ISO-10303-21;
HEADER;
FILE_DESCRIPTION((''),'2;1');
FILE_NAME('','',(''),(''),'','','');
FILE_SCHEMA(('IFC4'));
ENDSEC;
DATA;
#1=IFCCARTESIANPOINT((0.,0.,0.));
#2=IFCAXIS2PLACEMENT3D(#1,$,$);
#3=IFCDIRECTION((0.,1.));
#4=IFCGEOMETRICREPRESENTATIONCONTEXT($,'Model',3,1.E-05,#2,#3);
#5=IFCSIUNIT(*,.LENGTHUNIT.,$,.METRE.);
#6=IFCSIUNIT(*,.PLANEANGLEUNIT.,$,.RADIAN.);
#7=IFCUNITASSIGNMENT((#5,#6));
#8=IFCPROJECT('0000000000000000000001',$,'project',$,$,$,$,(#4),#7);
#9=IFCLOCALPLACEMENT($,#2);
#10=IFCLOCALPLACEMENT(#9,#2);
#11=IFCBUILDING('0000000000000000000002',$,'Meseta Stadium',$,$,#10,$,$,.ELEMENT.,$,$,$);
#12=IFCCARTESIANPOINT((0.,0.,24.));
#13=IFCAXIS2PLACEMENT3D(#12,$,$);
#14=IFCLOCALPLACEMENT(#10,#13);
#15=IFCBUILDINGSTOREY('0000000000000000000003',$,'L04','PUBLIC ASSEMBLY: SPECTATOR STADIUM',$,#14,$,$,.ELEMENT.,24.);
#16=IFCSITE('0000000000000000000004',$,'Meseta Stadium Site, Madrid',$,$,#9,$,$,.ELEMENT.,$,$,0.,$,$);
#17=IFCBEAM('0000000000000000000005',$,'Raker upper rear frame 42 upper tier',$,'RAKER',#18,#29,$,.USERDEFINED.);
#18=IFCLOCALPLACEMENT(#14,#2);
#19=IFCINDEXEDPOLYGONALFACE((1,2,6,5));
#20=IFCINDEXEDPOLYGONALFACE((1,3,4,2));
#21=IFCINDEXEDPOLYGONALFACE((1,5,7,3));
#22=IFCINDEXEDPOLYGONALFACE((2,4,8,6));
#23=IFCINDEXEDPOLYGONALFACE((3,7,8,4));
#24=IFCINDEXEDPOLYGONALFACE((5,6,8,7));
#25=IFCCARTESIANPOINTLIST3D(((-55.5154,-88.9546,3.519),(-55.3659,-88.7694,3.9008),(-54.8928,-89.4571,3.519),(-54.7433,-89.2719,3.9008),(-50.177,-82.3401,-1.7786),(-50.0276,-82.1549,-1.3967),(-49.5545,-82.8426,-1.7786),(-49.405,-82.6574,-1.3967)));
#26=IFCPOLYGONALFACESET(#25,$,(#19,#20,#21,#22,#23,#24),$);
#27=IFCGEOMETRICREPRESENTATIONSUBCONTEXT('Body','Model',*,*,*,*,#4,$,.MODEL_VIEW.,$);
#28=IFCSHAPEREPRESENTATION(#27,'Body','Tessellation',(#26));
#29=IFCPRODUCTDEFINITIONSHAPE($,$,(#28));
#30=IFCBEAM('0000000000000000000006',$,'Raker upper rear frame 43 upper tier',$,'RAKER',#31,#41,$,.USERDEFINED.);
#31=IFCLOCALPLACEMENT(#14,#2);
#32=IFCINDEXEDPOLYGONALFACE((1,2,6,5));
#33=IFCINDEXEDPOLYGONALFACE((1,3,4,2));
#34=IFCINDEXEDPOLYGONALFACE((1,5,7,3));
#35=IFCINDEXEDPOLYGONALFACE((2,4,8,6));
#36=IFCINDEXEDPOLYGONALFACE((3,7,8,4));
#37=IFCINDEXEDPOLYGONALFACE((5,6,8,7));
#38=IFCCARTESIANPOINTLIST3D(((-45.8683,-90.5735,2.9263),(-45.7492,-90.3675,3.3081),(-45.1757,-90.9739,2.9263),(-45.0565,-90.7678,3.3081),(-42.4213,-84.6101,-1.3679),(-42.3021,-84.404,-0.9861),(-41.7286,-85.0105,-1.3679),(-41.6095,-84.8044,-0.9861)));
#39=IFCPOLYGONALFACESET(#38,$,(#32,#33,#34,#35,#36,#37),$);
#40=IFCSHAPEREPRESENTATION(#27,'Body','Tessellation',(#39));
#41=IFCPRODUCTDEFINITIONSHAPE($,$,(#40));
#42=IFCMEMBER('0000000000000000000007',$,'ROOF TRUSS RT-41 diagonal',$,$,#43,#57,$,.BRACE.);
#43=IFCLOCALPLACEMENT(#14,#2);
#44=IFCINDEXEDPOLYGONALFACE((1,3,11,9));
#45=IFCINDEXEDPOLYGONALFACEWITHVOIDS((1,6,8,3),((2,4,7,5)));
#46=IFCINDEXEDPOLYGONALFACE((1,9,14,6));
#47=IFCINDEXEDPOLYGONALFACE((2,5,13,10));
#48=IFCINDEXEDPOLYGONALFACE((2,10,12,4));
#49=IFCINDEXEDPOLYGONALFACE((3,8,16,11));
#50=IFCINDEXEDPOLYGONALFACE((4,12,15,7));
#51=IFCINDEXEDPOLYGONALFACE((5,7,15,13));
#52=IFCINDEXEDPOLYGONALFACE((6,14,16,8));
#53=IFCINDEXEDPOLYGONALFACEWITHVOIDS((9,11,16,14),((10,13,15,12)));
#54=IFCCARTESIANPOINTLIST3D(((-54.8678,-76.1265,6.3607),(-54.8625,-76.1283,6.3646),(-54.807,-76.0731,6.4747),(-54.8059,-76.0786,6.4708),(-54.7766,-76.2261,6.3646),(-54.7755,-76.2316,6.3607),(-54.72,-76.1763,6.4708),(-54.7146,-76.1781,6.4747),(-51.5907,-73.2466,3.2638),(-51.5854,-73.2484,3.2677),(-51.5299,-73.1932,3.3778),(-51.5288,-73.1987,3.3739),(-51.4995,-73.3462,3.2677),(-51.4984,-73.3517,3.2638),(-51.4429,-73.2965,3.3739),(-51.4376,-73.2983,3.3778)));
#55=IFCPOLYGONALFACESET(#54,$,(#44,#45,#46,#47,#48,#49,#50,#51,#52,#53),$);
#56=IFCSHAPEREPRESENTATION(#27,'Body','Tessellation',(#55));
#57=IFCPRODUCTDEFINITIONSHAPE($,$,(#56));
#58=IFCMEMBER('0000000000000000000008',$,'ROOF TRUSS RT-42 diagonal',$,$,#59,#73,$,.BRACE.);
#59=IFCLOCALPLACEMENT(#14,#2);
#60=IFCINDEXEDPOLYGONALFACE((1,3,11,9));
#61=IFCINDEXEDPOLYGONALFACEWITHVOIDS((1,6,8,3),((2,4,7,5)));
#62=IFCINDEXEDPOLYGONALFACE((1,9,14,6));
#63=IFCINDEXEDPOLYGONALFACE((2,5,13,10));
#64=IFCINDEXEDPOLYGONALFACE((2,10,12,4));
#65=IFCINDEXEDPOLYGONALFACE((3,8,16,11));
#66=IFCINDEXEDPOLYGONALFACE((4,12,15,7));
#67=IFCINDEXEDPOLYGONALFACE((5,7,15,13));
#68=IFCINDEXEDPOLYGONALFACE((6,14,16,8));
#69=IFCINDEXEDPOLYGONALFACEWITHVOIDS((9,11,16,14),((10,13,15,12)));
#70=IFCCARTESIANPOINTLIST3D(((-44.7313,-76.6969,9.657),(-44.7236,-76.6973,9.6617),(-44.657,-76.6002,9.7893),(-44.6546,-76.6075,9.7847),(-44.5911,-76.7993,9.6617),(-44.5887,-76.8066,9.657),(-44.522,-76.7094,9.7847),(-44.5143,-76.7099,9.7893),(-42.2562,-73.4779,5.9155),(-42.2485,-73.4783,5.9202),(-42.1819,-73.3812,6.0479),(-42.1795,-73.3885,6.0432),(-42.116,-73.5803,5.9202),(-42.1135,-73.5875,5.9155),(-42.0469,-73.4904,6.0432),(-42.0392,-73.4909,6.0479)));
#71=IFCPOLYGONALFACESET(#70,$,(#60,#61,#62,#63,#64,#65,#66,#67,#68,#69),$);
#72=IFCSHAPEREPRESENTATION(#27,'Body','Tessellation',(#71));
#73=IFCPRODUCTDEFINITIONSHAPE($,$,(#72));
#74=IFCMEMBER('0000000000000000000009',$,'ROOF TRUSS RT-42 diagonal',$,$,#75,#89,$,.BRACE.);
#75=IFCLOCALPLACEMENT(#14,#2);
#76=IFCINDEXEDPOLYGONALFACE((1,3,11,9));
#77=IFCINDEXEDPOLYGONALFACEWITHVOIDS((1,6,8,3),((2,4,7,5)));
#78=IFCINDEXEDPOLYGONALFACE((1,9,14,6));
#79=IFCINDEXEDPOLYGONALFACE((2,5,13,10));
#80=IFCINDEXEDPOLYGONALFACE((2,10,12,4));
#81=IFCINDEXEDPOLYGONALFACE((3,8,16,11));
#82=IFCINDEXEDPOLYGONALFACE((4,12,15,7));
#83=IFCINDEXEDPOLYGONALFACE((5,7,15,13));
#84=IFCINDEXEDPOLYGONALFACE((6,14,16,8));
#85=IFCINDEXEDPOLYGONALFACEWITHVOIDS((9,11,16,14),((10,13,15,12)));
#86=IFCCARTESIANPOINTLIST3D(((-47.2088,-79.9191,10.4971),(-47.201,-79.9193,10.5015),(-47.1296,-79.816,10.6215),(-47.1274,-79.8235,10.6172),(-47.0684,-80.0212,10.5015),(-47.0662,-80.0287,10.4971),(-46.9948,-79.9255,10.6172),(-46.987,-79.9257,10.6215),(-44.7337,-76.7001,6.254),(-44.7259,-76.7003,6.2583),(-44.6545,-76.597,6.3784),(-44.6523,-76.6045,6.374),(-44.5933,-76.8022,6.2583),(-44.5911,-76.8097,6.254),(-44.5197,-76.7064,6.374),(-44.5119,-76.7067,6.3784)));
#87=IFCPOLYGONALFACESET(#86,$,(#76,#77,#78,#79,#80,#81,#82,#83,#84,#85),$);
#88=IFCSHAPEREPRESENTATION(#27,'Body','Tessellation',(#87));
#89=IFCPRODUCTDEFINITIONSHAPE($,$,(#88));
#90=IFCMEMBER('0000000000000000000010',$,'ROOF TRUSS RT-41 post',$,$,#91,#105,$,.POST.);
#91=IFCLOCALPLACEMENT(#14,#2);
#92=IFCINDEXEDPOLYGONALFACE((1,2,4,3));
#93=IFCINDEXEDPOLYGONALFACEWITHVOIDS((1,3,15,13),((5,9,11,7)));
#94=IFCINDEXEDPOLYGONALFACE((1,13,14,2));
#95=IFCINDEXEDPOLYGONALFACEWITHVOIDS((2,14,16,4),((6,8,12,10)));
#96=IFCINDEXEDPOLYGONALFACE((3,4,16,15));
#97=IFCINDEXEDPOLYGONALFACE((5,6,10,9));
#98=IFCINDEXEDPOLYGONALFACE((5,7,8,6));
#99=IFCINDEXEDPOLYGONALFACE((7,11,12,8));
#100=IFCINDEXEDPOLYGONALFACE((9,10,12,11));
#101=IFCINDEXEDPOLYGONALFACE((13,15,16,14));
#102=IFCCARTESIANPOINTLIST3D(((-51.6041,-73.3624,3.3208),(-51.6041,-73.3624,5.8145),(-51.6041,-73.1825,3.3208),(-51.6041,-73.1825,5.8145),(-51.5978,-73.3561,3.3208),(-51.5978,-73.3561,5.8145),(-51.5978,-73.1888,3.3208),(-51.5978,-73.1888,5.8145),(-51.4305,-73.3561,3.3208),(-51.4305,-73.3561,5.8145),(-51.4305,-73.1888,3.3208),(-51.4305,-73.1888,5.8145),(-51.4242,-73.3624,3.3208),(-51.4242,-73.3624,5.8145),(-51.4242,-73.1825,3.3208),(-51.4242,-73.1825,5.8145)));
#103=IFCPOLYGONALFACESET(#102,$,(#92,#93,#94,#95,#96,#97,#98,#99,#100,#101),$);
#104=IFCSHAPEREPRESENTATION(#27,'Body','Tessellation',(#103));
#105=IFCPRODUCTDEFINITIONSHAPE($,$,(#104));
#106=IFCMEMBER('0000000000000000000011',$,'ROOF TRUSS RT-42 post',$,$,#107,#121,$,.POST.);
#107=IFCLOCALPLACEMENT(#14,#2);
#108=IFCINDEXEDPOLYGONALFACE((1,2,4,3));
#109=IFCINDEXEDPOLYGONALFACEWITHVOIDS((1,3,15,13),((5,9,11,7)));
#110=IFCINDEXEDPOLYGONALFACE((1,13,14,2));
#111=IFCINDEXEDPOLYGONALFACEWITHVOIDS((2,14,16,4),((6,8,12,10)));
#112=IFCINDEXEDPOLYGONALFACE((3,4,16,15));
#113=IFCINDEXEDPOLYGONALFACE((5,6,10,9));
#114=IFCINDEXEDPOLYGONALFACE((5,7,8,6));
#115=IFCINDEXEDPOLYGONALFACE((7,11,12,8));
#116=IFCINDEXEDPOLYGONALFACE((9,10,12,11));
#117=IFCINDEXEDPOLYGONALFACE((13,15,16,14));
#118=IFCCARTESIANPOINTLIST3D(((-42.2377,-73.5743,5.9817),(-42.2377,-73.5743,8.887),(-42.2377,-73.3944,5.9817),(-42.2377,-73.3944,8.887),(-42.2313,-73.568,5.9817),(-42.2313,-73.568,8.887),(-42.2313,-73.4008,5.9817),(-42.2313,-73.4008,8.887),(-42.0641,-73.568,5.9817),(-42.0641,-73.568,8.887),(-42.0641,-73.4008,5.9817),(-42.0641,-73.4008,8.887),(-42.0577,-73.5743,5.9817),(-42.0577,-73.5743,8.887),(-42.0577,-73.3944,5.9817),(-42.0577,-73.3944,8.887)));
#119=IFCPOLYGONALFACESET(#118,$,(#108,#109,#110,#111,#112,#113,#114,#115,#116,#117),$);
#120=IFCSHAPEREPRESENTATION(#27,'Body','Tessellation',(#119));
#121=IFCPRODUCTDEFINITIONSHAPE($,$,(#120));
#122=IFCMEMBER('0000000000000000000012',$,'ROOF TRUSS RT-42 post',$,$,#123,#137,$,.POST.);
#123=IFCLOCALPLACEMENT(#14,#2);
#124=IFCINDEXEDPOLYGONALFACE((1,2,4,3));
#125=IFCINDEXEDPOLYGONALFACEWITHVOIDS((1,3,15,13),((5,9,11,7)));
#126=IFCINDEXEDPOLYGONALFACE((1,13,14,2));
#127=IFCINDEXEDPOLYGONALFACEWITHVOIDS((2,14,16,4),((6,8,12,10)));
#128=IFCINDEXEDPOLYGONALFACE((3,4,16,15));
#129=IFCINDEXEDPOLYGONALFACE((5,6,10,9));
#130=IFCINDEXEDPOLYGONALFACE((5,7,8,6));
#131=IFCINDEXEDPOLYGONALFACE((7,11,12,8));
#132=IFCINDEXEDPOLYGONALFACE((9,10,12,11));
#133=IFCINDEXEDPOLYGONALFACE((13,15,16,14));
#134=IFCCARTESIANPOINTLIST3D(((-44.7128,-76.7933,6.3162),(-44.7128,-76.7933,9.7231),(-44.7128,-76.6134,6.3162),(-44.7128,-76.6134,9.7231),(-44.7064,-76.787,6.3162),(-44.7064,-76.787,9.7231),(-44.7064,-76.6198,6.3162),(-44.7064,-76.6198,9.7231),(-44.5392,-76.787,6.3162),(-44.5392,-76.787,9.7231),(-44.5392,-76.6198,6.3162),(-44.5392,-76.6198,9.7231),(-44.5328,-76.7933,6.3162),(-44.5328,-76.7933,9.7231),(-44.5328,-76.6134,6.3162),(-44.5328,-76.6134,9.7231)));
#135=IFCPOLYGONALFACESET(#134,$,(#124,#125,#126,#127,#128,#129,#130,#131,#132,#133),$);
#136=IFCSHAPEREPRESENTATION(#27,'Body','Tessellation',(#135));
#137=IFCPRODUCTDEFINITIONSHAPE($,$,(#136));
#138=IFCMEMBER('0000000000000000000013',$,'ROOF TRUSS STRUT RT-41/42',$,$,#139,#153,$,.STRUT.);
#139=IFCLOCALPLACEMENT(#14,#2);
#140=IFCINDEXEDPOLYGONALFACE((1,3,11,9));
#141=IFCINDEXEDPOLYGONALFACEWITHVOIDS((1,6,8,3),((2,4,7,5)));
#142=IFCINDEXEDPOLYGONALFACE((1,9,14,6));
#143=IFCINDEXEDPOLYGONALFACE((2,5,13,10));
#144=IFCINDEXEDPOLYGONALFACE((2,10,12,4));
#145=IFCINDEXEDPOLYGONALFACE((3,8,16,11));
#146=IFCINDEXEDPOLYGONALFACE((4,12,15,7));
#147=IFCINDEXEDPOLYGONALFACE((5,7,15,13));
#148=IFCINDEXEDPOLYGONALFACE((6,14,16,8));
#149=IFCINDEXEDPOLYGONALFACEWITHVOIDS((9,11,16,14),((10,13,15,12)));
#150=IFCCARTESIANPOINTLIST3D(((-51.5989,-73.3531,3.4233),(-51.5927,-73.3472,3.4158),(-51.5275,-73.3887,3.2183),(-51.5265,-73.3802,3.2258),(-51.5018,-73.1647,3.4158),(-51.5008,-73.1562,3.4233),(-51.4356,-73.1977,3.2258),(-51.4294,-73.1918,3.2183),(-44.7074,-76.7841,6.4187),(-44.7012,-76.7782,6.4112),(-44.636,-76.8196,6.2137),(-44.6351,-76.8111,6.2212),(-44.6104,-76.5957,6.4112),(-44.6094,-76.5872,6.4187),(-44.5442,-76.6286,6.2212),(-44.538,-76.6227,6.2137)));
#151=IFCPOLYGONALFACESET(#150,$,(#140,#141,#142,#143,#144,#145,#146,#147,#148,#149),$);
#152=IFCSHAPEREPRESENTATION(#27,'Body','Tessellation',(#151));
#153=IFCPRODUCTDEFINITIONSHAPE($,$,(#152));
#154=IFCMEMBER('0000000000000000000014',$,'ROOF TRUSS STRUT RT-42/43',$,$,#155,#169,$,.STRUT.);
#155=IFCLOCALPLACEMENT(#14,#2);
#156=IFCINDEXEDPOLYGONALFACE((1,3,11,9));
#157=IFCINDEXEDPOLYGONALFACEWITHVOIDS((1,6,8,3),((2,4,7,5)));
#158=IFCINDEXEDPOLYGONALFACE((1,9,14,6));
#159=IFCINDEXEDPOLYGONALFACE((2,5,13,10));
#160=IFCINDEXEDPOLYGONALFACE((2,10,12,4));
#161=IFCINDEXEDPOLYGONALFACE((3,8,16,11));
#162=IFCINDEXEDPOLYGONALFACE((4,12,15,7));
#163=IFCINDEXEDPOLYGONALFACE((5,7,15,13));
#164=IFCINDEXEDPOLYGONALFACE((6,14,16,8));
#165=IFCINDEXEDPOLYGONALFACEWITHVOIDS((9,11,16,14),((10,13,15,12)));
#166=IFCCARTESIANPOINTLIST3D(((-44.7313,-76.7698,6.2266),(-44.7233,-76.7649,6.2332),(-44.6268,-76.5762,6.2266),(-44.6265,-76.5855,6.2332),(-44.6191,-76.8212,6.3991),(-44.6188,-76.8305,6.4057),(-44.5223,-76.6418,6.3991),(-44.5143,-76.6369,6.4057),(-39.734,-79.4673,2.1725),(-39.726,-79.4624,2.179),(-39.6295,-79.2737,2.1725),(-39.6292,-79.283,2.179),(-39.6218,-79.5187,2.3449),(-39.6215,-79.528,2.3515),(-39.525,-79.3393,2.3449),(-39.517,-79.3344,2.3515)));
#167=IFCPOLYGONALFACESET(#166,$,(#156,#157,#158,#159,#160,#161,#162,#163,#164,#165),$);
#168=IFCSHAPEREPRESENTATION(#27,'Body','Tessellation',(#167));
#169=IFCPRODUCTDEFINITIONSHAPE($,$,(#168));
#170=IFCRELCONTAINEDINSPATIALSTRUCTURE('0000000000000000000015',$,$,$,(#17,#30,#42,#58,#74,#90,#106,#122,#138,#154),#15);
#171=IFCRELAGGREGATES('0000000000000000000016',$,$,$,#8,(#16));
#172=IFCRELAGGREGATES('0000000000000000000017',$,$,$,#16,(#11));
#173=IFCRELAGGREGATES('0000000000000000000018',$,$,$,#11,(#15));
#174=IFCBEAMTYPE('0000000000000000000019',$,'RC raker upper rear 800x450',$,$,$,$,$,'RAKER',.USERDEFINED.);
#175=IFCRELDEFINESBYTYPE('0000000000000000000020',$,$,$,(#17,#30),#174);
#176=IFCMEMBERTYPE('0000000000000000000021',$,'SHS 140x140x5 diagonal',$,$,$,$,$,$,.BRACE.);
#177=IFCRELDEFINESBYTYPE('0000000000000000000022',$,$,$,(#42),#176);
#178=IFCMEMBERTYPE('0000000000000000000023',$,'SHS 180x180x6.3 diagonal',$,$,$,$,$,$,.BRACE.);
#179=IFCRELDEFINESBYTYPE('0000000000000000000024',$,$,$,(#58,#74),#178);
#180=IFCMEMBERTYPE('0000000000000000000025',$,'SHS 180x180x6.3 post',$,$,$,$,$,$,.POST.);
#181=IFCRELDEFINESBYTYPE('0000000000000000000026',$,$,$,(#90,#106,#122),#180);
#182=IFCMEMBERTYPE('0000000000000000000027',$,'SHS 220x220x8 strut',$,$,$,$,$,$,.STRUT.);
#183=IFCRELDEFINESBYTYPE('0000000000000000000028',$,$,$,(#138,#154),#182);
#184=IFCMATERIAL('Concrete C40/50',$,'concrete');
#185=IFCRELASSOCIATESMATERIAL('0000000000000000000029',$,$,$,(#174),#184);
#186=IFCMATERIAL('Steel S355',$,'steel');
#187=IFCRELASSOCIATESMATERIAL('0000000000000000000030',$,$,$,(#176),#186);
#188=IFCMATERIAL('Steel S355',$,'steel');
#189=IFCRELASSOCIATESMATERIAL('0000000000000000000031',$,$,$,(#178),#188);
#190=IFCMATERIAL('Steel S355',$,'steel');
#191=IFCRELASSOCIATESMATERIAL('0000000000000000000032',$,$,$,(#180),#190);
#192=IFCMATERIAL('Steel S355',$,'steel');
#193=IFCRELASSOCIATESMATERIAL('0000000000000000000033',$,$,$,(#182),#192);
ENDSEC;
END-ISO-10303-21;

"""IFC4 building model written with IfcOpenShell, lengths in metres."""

from ifc_helpers import new_model, si_unit, direction, frame, origin, origin_2d, place, context, subcontext, project, spatial, rectangle, hollow_rectangle, extrude, material, material_profile, profile_set, type_object, element, save


model = new_model("IFC4")

# Units and contexts
model_context = context("Model", 3, precision=1e-05, world=origin(), true_north=direction((0.0, 1.0)))
body_context = subcontext(model_context, "Body", "Model", "MODEL_VIEW")
ifc_project = project(units=[si_unit("LENGTHUNIT", "METRE"), si_unit("PLANEANGLEUNIT", "RADIAN")], contexts=[model_context])

# Site, building, storey
site_placement = place(None, origin())
site = spatial("IfcSite", under=ifc_project, at=site_placement, Name="Meseta Stadium Site, Madrid", CompositionType="ELEMENT", RefElevation=0.0)
building_placement = place(site_placement, origin())
building = spatial("IfcBuilding", under=site, at=building_placement, Name="Meseta Stadium", CompositionType="ELEMENT")
storey_placement = place(building_placement, frame((0.0, 0.0, 24.0)))
storey = spatial("IfcBuildingStorey", under=building, at=storey_placement, Name="L04", Description="PUBLIC ASSEMBLY: SPECTATOR STADIUM", CompositionType="ELEMENT", Elevation=24.0)

# Beams
ifc_material_1 = material(Name="Concrete C40/50", Category="concrete")
ifc_material_profile_1 = material_profile(ifc_material_1, rectangle(XDim=0.8, YDim=0.45, at=origin_2d()), Name="RC 800x450")
ifc_profile_set_1 = profile_set([ifc_material_profile_1], Name="Concrete C40/50")
beam_type = type_object("IfcBeamType", Name="RC raker upper rear 800x450", ElementType="RAKER", PredefinedType="USERDEFINED", material=ifc_profile_set_1)
beam_1_placement = place(storey_placement, frame((-49.791, -82.4988, -1.5876), z_axis=(-0.533, -0.660412, 0.528929), x_axis=(0.778177, -0.628045, 0.0)))
element("IfcBeam", 1, at=beam_1_placement, inside=storey, type_object=beam_type, Name="Raker upper rear frame 42 upper tier", ObjectType="RAKER", PredefinedType="USERDEFINED", context=body_context, shape_type="SweptSolid", body=[
    extrude(rectangle(XDim=0.8, YDim=0.45, at=origin_2d()), origin(), (0.0, 0.0, 1.0), 10.0156),
])
beam_2_placement = place(storey_placement, frame((-42.0154, -84.7073, -1.177), z_axis=(-0.424673, -0.734688, 0.529044), x_axis=(0.86577, -0.500442, 0.0)))
element("IfcBeam", 2, at=beam_2_placement, inside=storey, type_object=beam_type, Name="Raker upper rear frame 43 upper tier", ObjectType="RAKER", PredefinedType="USERDEFINED", context=body_context, shape_type="SweptSolid", body=[
    extrude(rectangle(XDim=0.8, YDim=0.45, at=origin_2d()), origin(), (0.0, 0.0, 1.0), 8.1169),
])

# Members
ifc_material_2 = material(Name="Steel S355", Category="steel")
ifc_material_profile_2 = material_profile(ifc_material_2, hollow_rectangle(XDim=0.1399, YDim=0.1399, WallThickness=0.0049, at=origin_2d()), Name="SHS 140x140x5")
ifc_profile_set_2 = profile_set([ifc_material_profile_2], Name="Steel S355")
member_type_1 = type_object("IfcMemberType", Name="SHS 140x140x5 diagonal", PredefinedType="BRACE", material=ifc_profile_set_2)
member_1_placement = place(storey_placement, frame((-51.5142, -73.2725, 3.3208), z_axis=(-0.612525, -0.538281, 0.578849), x_axis=(0.660116, -0.751164, 0.0)))
element("IfcMember", 3, at=member_1_placement, inside=storey, type_object=member_type_1, Name="ROOF TRUSS RT-41 diagonal", PredefinedType="BRACE", context=body_context, shape_type="SweptSolid", body=[
    extrude(hollow_rectangle(XDim=0.1399, YDim=0.1399, WallThickness=0.0049, at=origin_2d()), origin(), (0.0, 0.0, 1.0), 5.3501),
])
ifc_material_3 = material(Name="Steel S355", Category="steel")
ifc_material_profile_3 = material_profile(ifc_material_3, hollow_rectangle(XDim=0.1799, YDim=0.1799, WallThickness=0.0063, at=origin_2d()), Name="SHS 180x180x6.3")
ifc_profile_set_3 = profile_set([ifc_material_profile_3], Name="Steel S355")
member_type_2 = type_object("IfcMemberType", Name="SHS 180x180x6.3 diagonal", PredefinedType="BRACE", material=ifc_profile_set_3)
member_2_placement = place(storey_placement, frame((-42.1477, -73.4844, 5.9817), z_axis=(-0.448269, -0.582997, 0.677621), x_axis=(0.792749, -0.609548, 0.0)))
element("IfcMember", 4, at=member_2_placement, inside=storey, type_object=member_type_2, Name="ROOF TRUSS RT-42 diagonal", PredefinedType="BRACE", context=body_context, shape_type="SweptSolid", body=[
    extrude(hollow_rectangle(XDim=0.1799, YDim=0.1799, WallThickness=0.0063, at=origin_2d()), origin(), (0.0, 0.0, 1.0), 5.5215),
])
member_3_placement = place(storey_placement, frame((-44.6228, -76.7034, 6.3162), z_axis=(-0.421435, -0.548098, 0.722483), x_axis=(0.792749, -0.609548, 0.0)))
element("IfcMember", 5, at=member_3_placement, inside=storey, type_object=member_type_2, Name="ROOF TRUSS RT-42 diagonal", PredefinedType="BRACE", context=body_context, shape_type="SweptSolid", body=[
    extrude(hollow_rectangle(XDim=0.1799, YDim=0.1799, WallThickness=0.0063, at=origin_2d()), origin(), (0.0, 0.0, 1.0), 5.873),
])
ifc_material_4 = material(Name="Steel S355", Category="steel")
ifc_material_profile_4 = material_profile(ifc_material_4, hollow_rectangle(XDim=0.1799, YDim=0.1799, WallThickness=0.0063, at=origin_2d()), Name="SHS 180x180x6.3")
ifc_profile_set_4 = profile_set([ifc_material_profile_4], Name="Steel S355")
member_type_3 = type_object("IfcMemberType", Name="SHS 180x180x6.3 post", PredefinedType="POST", material=ifc_profile_set_4)
member_4_placement = place(storey_placement, frame((-51.5142, -73.2725, 3.3208), z_axis=(0.0, 0.0, 1.0), x_axis=(1.0, 0.0, 0.0)))
element("IfcMember", 6, at=member_4_placement, inside=storey, type_object=member_type_3, Name="ROOF TRUSS RT-41 post", PredefinedType="POST", context=body_context, shape_type="SweptSolid", body=[
    extrude(hollow_rectangle(XDim=0.1799, YDim=0.1799, WallThickness=0.0063, at=origin_2d()), origin(), (0.0, 0.0, 1.0), 2.4937),
])
member_5_placement = place(storey_placement, frame((-42.1477, -73.4844, 5.9817), z_axis=(0.0, 0.0, 1.0), x_axis=(1.0, 0.0, 0.0)))
element("IfcMember", 7, at=member_5_placement, inside=storey, type_object=member_type_3, Name="ROOF TRUSS RT-42 post", PredefinedType="POST", context=body_context, shape_type="SweptSolid", body=[
    extrude(hollow_rectangle(XDim=0.1799, YDim=0.1799, WallThickness=0.0063, at=origin_2d()), origin(), (0.0, 0.0, 1.0), 2.9053),
])
member_6_placement = place(storey_placement, frame((-44.6228, -76.7034, 6.3162), z_axis=(0.0, 0.0, 1.0), x_axis=(1.0, 0.0, 0.0)))
element("IfcMember", 8, at=member_6_placement, inside=storey, type_object=member_type_3, Name="ROOF TRUSS RT-42 post", PredefinedType="POST", context=body_context, shape_type="SweptSolid", body=[
    extrude(hollow_rectangle(XDim=0.1799, YDim=0.1799, WallThickness=0.0063, at=origin_2d()), origin(), (0.0, 0.0, 1.0), 3.407),
])
ifc_material_5 = material(Name="Steel S355", Category="steel")
ifc_material_profile_5 = material_profile(ifc_material_5, hollow_rectangle(XDim=0.22, YDim=0.22, WallThickness=0.0081, at=origin_2d()), Name="SHS 220x220x8")
ifc_profile_set_5 = profile_set([ifc_material_profile_5], Name="Steel S355")
member_type_4 = type_object("IfcMemberType", Name="SHS 220x220x8 strut", PredefinedType="STRUT", material=ifc_profile_set_5)
member_7_placement = place(storey_placement, frame((-51.5142, -73.2725, 3.3208), z_axis=(0.834265, -0.415344, 0.362617), x_axis=(0.445678, 0.895193, 0.0)))
element("IfcMember", 9, at=member_7_placement, inside=storey, type_object=member_type_4, Name="ROOF TRUSS STRUT RT-41/42", PredefinedType="STRUT", context=body_context, shape_type="SweptSolid", body=[
    extrude(hollow_rectangle(XDim=0.22, YDim=0.22, WallThickness=0.0081, at=origin_2d()), origin(), (0.0, 0.0, 1.0), 8.2605),
])
member_8_placement = place(storey_placement, frame((-44.6228, -76.7034, 6.3162), z_axis=(0.716199, -0.386598, -0.581035), x_axis=(0.475007, 0.879982, 0.0)))
element("IfcMember", 10, at=member_8_placement, inside=storey, type_object=member_type_4, Name="ROOF TRUSS STRUT RT-42/43", PredefinedType="STRUT", context=body_context, shape_type="SweptSolid", body=[
    extrude(hollow_rectangle(XDim=0.22, YDim=0.22, WallThickness=0.0081, at=origin_2d()), origin(), (0.0, 0.0, 1.0), 6.9775),
])

save(model, "model.ifc")
